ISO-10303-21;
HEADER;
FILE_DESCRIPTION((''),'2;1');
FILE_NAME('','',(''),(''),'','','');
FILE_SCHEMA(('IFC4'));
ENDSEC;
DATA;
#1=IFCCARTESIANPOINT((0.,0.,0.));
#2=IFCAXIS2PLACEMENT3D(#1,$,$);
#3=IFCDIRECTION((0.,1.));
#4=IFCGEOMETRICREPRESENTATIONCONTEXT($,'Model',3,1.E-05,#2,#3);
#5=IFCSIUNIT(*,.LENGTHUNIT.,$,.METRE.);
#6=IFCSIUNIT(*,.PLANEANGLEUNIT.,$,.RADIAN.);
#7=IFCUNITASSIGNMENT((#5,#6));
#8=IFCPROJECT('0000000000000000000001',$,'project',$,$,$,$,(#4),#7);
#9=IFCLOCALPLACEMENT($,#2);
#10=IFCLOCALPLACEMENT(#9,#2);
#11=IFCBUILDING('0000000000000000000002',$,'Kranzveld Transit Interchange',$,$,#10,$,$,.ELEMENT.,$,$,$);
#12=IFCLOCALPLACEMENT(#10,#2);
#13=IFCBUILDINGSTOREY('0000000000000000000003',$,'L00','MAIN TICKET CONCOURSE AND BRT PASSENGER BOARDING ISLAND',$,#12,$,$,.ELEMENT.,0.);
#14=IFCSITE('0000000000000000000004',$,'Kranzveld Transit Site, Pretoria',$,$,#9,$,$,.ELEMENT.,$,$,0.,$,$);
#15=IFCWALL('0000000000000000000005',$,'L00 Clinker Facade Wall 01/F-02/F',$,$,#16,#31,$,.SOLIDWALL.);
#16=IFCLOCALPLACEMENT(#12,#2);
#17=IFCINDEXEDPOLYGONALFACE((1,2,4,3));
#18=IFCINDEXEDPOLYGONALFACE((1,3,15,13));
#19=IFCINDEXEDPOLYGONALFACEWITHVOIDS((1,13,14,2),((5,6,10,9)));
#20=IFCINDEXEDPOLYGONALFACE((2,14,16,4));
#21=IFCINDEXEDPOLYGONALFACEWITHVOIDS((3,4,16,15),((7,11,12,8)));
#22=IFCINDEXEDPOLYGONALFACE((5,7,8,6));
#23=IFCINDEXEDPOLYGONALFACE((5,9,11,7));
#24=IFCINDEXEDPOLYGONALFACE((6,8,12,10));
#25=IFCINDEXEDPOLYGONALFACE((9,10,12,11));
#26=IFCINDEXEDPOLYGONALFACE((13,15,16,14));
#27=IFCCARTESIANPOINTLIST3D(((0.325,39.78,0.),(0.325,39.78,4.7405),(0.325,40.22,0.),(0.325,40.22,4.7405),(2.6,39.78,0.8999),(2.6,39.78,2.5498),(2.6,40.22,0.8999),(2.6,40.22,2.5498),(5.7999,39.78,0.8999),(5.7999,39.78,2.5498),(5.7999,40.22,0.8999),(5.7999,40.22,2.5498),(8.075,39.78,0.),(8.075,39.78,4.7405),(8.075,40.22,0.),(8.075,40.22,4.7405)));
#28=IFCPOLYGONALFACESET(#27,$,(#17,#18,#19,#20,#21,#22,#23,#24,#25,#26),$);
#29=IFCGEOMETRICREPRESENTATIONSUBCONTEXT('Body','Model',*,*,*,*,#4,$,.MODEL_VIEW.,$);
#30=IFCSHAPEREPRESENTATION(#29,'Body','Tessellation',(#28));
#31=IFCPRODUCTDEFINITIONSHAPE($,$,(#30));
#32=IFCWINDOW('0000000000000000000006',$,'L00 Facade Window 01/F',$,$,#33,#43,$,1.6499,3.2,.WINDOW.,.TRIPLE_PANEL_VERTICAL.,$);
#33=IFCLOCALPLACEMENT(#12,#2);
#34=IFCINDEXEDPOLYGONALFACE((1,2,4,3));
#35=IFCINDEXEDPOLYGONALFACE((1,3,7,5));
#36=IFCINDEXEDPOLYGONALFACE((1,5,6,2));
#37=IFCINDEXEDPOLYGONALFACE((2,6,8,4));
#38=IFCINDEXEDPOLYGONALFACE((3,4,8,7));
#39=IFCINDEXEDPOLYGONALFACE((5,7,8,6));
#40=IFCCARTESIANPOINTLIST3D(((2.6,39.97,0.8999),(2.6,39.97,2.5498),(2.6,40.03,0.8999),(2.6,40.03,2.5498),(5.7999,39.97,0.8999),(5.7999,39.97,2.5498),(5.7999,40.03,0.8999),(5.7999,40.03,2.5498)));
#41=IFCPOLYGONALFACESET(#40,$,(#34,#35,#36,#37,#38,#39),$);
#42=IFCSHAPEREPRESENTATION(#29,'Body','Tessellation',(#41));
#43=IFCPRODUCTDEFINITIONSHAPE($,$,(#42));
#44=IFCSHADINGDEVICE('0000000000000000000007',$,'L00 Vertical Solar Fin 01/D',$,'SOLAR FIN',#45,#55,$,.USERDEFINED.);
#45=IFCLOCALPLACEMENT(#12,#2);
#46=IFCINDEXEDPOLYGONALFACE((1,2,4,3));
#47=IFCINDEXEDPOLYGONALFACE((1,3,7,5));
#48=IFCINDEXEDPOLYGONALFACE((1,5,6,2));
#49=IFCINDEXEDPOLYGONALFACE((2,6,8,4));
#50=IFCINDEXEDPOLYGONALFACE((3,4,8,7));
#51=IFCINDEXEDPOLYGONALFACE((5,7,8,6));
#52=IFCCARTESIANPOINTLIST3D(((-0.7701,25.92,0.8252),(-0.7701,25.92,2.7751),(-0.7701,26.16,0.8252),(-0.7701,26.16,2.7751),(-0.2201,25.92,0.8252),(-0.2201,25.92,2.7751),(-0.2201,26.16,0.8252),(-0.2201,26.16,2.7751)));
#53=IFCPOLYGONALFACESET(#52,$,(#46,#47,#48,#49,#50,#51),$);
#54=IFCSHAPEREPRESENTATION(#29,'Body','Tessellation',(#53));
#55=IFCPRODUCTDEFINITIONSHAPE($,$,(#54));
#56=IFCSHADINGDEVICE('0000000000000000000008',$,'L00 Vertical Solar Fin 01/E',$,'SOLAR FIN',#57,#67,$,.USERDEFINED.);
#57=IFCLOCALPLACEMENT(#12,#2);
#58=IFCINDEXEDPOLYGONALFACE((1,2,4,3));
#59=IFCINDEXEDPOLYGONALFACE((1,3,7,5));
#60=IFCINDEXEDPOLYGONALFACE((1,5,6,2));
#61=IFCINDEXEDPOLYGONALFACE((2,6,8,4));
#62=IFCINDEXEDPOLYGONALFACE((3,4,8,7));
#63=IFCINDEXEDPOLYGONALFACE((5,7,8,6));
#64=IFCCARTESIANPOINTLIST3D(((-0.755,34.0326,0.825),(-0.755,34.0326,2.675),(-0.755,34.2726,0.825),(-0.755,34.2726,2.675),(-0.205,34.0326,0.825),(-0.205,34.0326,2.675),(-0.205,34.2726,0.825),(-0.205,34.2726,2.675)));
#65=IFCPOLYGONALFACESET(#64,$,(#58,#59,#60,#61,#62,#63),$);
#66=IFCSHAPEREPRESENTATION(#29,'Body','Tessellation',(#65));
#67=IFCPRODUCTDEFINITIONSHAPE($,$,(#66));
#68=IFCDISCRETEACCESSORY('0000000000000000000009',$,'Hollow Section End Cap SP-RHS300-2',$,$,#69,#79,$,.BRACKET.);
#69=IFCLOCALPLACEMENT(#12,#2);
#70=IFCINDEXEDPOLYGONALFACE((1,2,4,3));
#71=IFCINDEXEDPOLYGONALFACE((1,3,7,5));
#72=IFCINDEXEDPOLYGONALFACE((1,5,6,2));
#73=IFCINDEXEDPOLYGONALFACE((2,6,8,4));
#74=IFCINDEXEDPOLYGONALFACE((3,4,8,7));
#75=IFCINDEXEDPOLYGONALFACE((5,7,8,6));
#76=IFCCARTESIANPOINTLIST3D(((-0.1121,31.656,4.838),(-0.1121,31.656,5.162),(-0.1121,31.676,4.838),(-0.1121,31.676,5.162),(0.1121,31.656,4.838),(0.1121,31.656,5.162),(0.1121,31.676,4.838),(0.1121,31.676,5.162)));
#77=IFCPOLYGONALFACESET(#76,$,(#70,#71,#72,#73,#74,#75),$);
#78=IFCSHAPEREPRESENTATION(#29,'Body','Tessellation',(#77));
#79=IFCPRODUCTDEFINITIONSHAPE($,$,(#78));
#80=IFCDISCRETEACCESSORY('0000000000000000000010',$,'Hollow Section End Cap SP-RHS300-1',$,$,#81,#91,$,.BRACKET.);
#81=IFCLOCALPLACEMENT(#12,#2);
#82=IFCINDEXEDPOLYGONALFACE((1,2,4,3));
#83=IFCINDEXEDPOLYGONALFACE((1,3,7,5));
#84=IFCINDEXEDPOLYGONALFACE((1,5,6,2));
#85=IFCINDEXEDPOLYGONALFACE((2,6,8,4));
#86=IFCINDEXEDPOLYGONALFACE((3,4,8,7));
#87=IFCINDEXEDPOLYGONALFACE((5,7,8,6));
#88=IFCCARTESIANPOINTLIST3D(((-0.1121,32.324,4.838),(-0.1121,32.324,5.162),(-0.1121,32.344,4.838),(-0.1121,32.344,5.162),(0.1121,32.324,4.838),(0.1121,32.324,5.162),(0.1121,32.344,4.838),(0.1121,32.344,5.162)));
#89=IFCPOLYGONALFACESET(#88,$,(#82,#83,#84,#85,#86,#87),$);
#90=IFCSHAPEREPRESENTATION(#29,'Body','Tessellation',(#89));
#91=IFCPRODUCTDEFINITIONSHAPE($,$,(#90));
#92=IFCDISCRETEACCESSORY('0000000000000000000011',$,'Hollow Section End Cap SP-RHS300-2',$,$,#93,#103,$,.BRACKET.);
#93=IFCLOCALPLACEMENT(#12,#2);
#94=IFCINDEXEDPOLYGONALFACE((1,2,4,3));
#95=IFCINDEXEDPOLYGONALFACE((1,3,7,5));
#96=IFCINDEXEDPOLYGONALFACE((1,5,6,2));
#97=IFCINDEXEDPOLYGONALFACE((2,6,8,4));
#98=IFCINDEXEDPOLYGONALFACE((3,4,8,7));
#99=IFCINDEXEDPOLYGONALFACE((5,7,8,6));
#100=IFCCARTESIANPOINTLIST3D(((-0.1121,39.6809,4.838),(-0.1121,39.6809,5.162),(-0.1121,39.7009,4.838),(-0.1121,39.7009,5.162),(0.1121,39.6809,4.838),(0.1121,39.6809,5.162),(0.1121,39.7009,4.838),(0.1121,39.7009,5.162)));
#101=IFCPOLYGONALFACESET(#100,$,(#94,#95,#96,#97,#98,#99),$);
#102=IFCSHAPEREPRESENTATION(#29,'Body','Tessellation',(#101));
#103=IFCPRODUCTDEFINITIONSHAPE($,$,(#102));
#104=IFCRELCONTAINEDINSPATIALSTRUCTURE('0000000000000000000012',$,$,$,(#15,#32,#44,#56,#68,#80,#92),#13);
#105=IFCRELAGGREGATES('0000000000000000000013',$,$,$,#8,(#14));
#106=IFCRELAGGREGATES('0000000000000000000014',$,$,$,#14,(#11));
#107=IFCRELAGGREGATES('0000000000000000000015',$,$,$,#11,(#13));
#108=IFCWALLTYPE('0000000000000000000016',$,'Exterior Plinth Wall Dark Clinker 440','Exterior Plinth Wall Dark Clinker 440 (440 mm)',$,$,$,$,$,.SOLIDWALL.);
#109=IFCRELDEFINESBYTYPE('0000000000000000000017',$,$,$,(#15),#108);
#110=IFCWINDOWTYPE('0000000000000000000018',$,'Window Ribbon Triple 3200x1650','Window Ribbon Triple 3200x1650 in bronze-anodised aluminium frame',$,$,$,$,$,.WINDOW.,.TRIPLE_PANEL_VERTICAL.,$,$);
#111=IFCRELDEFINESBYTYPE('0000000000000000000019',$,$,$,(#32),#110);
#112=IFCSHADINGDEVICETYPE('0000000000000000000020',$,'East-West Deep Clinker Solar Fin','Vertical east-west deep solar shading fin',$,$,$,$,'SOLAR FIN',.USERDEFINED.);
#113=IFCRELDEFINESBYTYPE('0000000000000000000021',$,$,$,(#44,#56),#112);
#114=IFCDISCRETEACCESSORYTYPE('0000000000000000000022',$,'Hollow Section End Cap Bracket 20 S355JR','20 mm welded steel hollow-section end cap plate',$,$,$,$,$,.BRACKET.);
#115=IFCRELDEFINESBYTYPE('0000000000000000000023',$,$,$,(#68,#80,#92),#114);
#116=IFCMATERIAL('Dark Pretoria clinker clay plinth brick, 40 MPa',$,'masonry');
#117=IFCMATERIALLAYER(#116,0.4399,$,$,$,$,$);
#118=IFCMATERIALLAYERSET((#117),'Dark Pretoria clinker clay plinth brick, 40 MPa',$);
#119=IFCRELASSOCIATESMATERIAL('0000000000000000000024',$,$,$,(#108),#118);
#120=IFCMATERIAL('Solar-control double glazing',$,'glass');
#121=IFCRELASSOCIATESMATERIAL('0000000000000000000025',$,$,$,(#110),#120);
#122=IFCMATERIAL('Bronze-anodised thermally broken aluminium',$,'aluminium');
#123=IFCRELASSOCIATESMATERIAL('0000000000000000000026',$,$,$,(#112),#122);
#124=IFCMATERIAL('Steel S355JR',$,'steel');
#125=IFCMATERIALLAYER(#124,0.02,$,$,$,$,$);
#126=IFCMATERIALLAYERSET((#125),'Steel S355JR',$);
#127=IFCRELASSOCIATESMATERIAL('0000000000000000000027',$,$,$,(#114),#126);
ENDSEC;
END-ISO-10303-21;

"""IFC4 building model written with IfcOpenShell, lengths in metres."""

from ifc_helpers import new_model, si_unit, direction, frame, frame_2d, origin, origin_2d, place, context, subcontext, project, spatial, rectangle, extrude, material, layer, layer_set, type_object, element, fill, save


model = new_model("IFC4")

# Units and contexts
model_context = context("Model", 3, precision=1e-05, world=origin(), true_north=direction((0.0, 1.0)))
body_context = subcontext(model_context, "Body", "Model", "MODEL_VIEW")
ifc_project = project(units=[si_unit("LENGTHUNIT", "METRE"), si_unit("PLANEANGLEUNIT", "RADIAN")], contexts=[model_context])

# Site, building, storey
site_placement = place(None, origin())
site = spatial("IfcSite", under=ifc_project, at=site_placement, Name="Kranzveld Transit Site, Pretoria", CompositionType="ELEMENT", RefElevation=0.0)
building_placement = place(site_placement, origin())
building = spatial("IfcBuilding", under=site, at=building_placement, Name="Kranzveld Transit Interchange", CompositionType="ELEMENT")
storey_placement = place(building_placement, origin())
storey = spatial("IfcBuildingStorey", under=building, at=storey_placement, Name="L00", Description="MAIN TICKET CONCOURSE AND BRT PASSENGER BOARDING ISLAND", CompositionType="ELEMENT", Elevation=0.0)

# Wall, opening, window
ifc_material_1 = material(Name="Dark Pretoria clinker clay plinth brick, 40 MPa", Category="masonry")
ifc_layer_1 = layer(ifc_material_1, 0.4399)
ifc_layer_set_1 = layer_set([ifc_layer_1], Name="Dark Pretoria clinker clay plinth brick, 40 MPa")
wall_type_1 = type_object("IfcWallType", Name="Exterior Plinth Wall Dark Clinker 440", Description="Exterior Plinth Wall Dark Clinker 440 (440 mm)", PredefinedType="SOLIDWALL", material=ifc_layer_set_1)
wall_1_placement = place(storey_placement, frame((0.325, 40.0, 0.0), z_axis=(0.0, 0.0, 1.0), x_axis=(1.0, 0.0, 0.0)))
wall_1 = element("IfcWall", 1, at=wall_1_placement, inside=storey, type_object=wall_type_1, Name="L00 Clinker Facade Wall 01/F-02/F", PredefinedType="SOLIDWALL", context=body_context, shape_type="SweptSolid", body=[
    extrude(rectangle(XDim=7.75, YDim=0.4399, at=frame_2d((3.875, 0.0))), origin(), (0.0, 0.0, 1.0), 4.7405),
])
opening_1_placement = place(wall_1_placement, frame((2.2749, 0.0, 0.8999), z_axis=(0.0, 0.0, 1.0), x_axis=(1.0, 0.0, 0.0)))
opening_1 = element("IfcOpeningElement", 2, at=opening_1_placement, cuts=wall_1, PredefinedType="OPENING", context=body_context, shape_type="SweptSolid", body=[
    extrude(rectangle(XDim=3.2, YDim=1.6499, at=frame_2d((1.6001, 0.825))), frame((0.0, 0.23, 0.0), z_axis=(0.0, -1.0, 0.0), x_axis=(1.0, 0.0, 0.0)), (0.0, 0.0, 1.0), 0.46),
])
ifc_material_2 = material(Name="Solar-control double glazing", Category="glass")
window_type_1 = type_object("IfcWindowType", Name="Window Ribbon Triple 3200x1650", Description="Window Ribbon Triple 3200x1650 in bronze-anodised aluminium frame", PartitioningType="TRIPLE_PANEL_VERTICAL", PredefinedType="WINDOW", material=ifc_material_2)
window_1_placement = place(opening_1_placement, origin())
window_1 = element("IfcWindow", 3, at=window_1_placement, inside=storey, type_object=window_type_1, Name="L00 Facade Window 01/F", OverallHeight=1.6499, OverallWidth=3.2, PartitioningType="TRIPLE_PANEL_VERTICAL", PredefinedType="WINDOW", context=body_context, shape_type="SweptSolid", body=[
    extrude(rectangle(XDim=3.2, YDim=1.6499, at=frame_2d((1.6001, 0.825))), frame((0.0, 0.03, 0.0), z_axis=(0.0, -1.0, 0.0), x_axis=(1.0, 0.0, 0.0)), (0.0, 0.0, 1.0), 0.0601),
])
fill(opening_1, window_1)

# Shading devices
ifc_material_3 = material(Name="Bronze-anodised thermally broken aluminium", Category="aluminium")
shading_device_type = type_object("IfcShadingDeviceType", Name="East-West Deep Clinker Solar Fin", Description="Vertical east-west deep solar shading fin", ElementType="SOLAR FIN", PredefinedType="USERDEFINED", material=ifc_material_3)
shading_device_1_placement = place(storey_placement, frame((-0.4951, 26.04, 0.8252), z_axis=(0.0, 0.0, 1.0), x_axis=(0.0, 1.0, 0.0)))
element("IfcShadingDevice", 4, at=shading_device_1_placement, inside=storey, type_object=shading_device_type, Name="L00 Vertical Solar Fin 01/D", ObjectType="SOLAR FIN", PredefinedType="USERDEFINED", context=body_context, shape_type="SweptSolid", body=[
    extrude(rectangle(XDim=0.24, YDim=0.55, at=origin_2d()), origin(), (0.0, 0.0, 1.0), 1.95),
])
shading_device_2_placement = place(storey_placement, frame((-0.48, 34.1526, 0.825), z_axis=(0.0, 0.0, 1.0), x_axis=(0.0, 1.0, 0.0)))
element("IfcShadingDevice", 5, at=shading_device_2_placement, inside=storey, type_object=shading_device_type, Name="L00 Vertical Solar Fin 01/E", ObjectType="SOLAR FIN", PredefinedType="USERDEFINED", context=body_context, shape_type="SweptSolid", body=[
    extrude(rectangle(XDim=0.24, YDim=0.55, at=origin_2d()), origin(), (0.0, 0.0, 1.0), 1.8501),
])

# Discrete accessories
ifc_material_4 = material(Name="Steel S355JR", Category="steel")
ifc_layer_2 = layer(ifc_material_4, 0.02)
ifc_layer_set_2 = layer_set([ifc_layer_2], Name="Steel S355JR")
discrete_accessory_type = type_object("IfcDiscreteAccessoryType", Name="Hollow Section End Cap Bracket 20 S355JR", Description="20 mm welded steel hollow-section end cap plate", PredefinedType="BRACKET", material=ifc_layer_set_2)
for number, where, z_axis, x_axis, name in (
    (6, (0.0, 31.656, 5.0), (0.0, 1.0, 0.0), (-1.0, 0.0, 0.0), "Hollow Section End Cap SP-RHS300-2"),
    (7, (0.0, 32.344, 5.0), (0.0, -1.0, 0.0), (1.0, 0.0, 0.0), "Hollow Section End Cap SP-RHS300-1"),
    (8, (0.0, 39.6809, 5.0), (0.0, 1.0, 0.0), (-1.0, 0.0, 0.0), "Hollow Section End Cap SP-RHS300-2"),
):
    element("IfcDiscreteAccessory", number, at=place(storey_placement, frame(where, z_axis=z_axis, x_axis=x_axis)), inside=storey, type_object=discrete_accessory_type, Name=name, PredefinedType="BRACKET", context=body_context, shape_type="SweptSolid", body=[
        extrude(rectangle(XDim=0.2241, YDim=0.324, at=origin_2d()), origin(), (0.0, 0.0, 1.0), 0.02),
    ])

save(model, "model.ifc")
